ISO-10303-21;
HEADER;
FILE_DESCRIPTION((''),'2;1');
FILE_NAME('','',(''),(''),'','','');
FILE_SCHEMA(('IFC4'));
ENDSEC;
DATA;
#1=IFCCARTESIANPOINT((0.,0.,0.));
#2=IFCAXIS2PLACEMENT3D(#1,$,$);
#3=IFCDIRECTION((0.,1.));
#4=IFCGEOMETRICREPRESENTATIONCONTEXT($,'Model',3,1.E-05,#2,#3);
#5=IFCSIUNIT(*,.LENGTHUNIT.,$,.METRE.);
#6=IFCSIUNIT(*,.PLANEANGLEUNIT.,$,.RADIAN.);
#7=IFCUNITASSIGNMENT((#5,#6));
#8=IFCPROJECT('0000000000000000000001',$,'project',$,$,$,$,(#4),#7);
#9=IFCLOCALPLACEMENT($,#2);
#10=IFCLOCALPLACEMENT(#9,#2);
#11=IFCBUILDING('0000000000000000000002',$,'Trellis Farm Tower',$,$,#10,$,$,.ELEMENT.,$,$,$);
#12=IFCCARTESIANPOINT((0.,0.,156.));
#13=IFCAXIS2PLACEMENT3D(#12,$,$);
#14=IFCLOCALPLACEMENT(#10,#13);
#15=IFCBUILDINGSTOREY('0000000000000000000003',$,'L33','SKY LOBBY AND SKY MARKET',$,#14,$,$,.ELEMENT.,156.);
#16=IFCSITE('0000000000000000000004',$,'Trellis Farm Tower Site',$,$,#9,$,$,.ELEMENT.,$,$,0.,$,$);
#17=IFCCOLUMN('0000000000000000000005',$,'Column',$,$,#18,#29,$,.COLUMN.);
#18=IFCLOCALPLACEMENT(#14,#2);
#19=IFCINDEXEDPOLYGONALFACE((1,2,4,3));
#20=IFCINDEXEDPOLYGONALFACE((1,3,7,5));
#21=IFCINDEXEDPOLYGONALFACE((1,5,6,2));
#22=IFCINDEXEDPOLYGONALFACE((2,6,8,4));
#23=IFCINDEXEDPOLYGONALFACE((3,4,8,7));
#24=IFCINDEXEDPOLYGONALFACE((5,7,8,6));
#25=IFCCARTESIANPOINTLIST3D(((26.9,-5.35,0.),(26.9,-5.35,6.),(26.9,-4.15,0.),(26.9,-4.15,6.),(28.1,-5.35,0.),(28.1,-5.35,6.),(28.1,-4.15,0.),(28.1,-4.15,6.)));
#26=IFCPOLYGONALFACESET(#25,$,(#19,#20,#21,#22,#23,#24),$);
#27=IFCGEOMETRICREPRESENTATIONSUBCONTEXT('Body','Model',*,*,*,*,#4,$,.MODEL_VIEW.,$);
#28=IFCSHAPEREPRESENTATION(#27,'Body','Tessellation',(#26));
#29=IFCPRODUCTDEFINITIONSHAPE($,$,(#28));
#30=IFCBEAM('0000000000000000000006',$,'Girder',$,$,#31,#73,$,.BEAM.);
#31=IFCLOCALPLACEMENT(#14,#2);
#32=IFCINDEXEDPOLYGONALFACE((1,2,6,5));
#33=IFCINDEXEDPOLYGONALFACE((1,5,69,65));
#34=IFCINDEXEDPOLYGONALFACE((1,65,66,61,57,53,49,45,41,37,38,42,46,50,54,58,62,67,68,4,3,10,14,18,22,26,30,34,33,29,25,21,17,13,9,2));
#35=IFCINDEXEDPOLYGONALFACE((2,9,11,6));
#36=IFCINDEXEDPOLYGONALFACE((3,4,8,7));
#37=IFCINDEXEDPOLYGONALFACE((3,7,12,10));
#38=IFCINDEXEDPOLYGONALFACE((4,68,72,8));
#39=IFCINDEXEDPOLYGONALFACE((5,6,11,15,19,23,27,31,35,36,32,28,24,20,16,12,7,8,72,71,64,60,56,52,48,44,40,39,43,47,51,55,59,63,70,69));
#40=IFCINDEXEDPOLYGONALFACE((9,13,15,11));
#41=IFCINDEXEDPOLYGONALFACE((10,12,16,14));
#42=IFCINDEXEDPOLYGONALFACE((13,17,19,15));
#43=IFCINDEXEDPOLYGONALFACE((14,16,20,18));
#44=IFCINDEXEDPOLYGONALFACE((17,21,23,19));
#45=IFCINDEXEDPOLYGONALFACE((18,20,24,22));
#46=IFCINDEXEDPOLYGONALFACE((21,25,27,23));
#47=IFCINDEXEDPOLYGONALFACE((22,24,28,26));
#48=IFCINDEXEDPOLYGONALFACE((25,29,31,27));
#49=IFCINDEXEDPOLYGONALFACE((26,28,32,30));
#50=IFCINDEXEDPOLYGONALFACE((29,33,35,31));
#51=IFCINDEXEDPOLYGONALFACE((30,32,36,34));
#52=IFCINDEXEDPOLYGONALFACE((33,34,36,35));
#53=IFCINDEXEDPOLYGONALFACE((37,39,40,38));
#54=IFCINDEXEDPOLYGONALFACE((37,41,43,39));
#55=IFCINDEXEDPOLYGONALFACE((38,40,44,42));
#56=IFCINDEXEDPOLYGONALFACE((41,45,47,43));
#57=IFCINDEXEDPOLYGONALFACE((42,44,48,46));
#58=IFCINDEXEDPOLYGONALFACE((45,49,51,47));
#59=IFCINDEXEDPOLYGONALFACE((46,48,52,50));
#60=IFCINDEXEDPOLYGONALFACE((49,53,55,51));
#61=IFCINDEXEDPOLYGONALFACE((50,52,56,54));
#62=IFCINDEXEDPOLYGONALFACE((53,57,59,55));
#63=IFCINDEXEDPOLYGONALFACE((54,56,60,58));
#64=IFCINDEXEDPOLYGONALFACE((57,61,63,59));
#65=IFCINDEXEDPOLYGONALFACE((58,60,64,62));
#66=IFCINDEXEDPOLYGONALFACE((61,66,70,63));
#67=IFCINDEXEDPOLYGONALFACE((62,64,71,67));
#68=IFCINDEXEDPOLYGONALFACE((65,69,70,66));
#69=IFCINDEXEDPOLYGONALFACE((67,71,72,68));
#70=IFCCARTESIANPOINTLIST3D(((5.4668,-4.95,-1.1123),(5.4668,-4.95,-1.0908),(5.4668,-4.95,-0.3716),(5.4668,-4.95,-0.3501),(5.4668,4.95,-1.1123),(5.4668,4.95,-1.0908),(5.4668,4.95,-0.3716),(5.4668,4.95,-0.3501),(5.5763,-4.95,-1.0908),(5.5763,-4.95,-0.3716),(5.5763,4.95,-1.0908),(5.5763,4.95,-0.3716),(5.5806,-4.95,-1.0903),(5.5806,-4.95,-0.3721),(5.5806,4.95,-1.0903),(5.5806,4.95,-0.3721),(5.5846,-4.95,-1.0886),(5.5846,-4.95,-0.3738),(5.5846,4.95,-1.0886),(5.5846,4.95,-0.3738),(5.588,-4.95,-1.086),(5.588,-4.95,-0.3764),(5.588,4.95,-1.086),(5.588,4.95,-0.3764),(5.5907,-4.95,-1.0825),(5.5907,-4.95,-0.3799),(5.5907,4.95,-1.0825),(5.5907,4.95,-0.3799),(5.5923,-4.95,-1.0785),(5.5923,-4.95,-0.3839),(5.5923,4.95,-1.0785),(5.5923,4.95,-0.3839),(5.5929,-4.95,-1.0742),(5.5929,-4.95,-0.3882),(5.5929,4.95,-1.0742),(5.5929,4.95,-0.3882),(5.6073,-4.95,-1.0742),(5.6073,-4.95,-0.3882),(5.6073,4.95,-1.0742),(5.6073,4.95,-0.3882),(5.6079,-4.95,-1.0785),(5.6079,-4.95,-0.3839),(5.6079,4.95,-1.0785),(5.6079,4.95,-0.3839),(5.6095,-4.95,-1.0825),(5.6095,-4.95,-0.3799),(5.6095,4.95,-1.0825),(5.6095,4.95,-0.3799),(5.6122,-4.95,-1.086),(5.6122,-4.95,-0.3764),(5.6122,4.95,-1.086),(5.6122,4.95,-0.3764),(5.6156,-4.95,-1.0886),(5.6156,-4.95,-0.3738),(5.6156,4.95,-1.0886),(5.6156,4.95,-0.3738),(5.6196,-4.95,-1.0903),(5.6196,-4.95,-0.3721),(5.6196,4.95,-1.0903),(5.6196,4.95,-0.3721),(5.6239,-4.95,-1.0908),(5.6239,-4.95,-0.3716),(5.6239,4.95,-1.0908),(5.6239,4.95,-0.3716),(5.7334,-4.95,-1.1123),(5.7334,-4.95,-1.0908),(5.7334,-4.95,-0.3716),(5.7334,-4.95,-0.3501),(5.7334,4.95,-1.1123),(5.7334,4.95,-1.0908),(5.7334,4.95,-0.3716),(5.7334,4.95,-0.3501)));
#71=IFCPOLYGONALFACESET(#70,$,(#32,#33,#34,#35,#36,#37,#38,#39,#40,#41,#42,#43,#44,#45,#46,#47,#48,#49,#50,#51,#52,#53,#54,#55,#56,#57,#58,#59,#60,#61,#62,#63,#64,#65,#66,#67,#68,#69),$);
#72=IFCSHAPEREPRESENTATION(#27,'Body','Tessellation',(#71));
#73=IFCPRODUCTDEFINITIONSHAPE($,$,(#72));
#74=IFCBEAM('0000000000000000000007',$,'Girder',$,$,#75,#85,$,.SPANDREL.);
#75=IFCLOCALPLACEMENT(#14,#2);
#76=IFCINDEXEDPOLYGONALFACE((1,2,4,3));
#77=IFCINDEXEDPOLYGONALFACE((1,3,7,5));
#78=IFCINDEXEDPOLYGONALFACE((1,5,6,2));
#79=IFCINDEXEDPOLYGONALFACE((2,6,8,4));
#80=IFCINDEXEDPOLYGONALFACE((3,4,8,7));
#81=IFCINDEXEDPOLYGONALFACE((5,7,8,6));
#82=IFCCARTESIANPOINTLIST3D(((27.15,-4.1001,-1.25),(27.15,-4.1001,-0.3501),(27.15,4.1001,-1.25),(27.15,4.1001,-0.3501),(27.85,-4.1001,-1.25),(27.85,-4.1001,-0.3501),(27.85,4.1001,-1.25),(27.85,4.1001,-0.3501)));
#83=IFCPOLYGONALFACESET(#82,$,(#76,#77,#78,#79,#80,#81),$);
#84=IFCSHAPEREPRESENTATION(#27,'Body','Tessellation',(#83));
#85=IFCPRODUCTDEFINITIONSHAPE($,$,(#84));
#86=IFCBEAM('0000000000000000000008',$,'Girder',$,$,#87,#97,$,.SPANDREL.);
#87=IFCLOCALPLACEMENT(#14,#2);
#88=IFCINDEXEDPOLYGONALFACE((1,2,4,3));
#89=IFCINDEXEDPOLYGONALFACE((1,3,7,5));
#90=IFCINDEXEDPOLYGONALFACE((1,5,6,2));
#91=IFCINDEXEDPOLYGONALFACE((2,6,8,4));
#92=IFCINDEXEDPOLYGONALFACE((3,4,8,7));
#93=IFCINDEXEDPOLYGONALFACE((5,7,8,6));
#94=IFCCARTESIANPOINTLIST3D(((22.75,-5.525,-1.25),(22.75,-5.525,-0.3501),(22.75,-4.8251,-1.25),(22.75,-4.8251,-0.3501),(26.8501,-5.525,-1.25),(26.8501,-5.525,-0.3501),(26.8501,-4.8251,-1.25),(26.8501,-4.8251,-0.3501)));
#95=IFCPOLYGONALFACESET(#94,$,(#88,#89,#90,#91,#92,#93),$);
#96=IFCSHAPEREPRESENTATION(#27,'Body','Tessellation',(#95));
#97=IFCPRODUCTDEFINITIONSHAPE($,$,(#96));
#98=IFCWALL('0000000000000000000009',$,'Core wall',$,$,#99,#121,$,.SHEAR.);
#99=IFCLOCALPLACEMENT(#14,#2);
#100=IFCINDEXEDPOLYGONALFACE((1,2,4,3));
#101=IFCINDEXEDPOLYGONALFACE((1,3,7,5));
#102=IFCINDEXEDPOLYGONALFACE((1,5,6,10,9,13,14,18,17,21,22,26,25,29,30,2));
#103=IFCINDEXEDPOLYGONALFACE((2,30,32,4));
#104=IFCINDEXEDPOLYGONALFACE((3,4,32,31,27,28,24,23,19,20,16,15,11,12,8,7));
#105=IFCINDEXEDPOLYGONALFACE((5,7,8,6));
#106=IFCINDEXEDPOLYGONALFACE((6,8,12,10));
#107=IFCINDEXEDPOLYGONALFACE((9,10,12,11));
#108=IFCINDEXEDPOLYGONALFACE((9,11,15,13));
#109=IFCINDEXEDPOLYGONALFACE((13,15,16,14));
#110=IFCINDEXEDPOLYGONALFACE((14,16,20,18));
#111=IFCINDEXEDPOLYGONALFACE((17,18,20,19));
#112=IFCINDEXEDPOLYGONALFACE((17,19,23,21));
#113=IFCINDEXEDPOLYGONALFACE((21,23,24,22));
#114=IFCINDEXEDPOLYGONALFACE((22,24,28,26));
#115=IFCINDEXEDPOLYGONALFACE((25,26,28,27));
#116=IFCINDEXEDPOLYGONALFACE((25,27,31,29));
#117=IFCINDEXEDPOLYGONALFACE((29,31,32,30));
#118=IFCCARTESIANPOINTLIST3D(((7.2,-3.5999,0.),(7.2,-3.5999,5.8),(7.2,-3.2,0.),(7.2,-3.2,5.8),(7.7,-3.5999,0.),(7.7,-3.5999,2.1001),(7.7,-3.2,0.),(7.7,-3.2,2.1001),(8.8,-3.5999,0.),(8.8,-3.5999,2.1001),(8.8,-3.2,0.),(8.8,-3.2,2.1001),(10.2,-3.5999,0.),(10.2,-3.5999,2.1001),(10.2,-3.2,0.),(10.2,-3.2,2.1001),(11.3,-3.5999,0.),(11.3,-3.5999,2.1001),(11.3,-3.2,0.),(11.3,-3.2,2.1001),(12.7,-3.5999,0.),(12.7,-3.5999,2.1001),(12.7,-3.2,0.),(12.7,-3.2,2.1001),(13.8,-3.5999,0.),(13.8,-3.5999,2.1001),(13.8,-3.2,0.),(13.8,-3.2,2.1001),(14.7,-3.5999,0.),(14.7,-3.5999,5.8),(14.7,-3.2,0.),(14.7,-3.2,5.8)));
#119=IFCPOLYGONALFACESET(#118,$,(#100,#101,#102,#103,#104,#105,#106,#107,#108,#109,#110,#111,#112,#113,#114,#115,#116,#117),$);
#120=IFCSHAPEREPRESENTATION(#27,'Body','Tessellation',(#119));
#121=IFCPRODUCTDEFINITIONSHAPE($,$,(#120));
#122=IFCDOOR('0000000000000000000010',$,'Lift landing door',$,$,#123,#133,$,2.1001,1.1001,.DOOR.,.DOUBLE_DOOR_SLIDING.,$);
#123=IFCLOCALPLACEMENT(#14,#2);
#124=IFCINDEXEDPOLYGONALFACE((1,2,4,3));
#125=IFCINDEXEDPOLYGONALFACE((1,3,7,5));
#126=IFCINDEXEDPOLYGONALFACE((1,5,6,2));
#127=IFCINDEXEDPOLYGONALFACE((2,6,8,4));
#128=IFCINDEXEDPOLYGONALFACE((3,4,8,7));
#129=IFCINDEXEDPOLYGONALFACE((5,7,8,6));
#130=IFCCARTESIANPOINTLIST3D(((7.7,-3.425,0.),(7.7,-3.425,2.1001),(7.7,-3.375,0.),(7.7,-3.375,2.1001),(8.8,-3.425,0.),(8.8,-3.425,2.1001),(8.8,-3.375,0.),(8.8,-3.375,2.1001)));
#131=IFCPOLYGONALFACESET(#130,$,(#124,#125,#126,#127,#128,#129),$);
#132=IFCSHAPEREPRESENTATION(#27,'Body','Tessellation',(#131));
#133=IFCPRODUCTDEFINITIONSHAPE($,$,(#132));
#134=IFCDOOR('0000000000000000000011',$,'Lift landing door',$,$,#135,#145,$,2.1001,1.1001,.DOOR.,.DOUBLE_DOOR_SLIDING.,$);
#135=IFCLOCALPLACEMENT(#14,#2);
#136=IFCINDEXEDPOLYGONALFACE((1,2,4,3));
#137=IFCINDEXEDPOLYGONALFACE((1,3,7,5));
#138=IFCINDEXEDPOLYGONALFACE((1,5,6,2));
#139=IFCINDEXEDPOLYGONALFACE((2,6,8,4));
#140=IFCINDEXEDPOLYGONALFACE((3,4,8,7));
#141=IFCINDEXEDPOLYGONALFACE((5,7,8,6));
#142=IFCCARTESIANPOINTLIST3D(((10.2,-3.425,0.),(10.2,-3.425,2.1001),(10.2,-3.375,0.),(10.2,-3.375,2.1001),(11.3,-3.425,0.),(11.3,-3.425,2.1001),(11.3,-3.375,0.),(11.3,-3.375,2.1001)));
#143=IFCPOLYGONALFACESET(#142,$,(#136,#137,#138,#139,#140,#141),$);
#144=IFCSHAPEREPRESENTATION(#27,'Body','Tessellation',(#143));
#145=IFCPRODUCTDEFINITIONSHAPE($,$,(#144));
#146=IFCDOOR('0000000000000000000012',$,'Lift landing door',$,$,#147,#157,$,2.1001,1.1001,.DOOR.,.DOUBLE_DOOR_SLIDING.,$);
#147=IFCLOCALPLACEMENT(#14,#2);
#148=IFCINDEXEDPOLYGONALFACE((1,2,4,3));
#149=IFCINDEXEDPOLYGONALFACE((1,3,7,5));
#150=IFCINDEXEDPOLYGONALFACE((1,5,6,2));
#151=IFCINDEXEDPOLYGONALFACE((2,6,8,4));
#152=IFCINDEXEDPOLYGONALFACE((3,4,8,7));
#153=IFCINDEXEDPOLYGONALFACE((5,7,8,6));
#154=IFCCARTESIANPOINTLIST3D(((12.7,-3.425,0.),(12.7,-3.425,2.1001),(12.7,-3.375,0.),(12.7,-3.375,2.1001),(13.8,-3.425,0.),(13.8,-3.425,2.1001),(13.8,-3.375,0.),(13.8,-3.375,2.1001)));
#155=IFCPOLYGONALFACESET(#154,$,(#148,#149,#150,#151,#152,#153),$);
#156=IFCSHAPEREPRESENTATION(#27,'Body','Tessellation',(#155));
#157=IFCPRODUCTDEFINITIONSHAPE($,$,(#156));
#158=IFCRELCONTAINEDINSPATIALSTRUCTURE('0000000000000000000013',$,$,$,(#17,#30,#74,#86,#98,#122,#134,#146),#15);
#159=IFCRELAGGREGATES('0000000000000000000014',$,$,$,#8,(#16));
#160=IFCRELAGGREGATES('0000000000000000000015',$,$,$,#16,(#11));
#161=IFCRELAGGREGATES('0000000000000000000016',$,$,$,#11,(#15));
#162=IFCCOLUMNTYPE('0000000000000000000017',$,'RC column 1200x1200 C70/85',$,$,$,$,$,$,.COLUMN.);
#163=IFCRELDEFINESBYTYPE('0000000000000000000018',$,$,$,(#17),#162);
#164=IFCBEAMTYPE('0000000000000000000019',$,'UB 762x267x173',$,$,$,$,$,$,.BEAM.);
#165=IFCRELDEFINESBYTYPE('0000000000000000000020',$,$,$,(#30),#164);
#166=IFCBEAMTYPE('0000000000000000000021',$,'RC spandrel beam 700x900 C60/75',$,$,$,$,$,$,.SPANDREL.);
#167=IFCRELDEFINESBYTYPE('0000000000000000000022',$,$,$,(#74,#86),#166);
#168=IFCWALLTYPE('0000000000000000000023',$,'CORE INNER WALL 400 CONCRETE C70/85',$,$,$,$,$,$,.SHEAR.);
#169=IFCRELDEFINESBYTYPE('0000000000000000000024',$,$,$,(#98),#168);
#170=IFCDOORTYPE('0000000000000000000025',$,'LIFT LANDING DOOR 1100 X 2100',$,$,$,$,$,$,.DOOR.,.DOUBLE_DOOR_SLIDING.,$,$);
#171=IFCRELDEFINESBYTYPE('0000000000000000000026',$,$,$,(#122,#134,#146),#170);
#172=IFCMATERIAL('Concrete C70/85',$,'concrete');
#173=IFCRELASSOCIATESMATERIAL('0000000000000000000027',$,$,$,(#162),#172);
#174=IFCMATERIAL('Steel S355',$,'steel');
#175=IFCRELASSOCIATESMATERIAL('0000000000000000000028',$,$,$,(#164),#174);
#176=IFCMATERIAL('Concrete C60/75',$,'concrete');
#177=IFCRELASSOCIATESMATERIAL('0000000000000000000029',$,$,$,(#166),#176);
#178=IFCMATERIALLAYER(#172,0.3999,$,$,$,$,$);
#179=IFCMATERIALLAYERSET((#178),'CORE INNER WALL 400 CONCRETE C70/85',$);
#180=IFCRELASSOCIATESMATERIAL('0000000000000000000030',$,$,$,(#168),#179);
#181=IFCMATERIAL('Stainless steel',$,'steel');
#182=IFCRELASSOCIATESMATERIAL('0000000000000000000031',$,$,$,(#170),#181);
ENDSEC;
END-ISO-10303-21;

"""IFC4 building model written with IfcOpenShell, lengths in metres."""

from ifc_helpers import new_model, si_unit, direction, frame, frame_2d, origin, origin_2d, place, context, subcontext, project, spatial, rectangle, i_section, extrude, source, transform, mapped, material, layer, layer_set, material_profile, profile_set, type_object, element, fill, save


model = new_model("IFC4")

# Units and contexts
model_context = context("Model", 3, precision=1e-05, world=origin(), true_north=direction((0.0, 1.0)))
body_context = subcontext(model_context, "Body", "Model", "MODEL_VIEW")
ifc_project = project(units=[si_unit("LENGTHUNIT", "METRE"), si_unit("PLANEANGLEUNIT", "RADIAN")], contexts=[model_context])

# Site, building, storey
site_placement = place(None, origin())
site = spatial("IfcSite", under=ifc_project, at=site_placement, Name="Trellis Farm Tower Site", CompositionType="ELEMENT", RefElevation=0.0)
building_placement = place(site_placement, origin())
building = spatial("IfcBuilding", under=site, at=building_placement, Name="Trellis Farm Tower", CompositionType="ELEMENT")
storey_placement = place(building_placement, frame((0.0, 0.0, 156.0)))
storey = spatial("IfcBuildingStorey", under=building, at=storey_placement, Name="L33", Description="SKY LOBBY AND SKY MARKET", CompositionType="ELEMENT", Elevation=156.0)

# Column
ifc_material_1 = material(Name="Concrete C70/85", Category="concrete")
ifc_material_profile_1 = material_profile(ifc_material_1, rectangle(XDim=1.2, YDim=1.2, at=origin_2d()), Name="RC column 1200x1200 C70/85")
ifc_profile_set_1 = profile_set([ifc_material_profile_1], Name="Concrete C70/85")
column_type = type_object("IfcColumnType", Name="RC column 1200x1200 C70/85", PredefinedType="COLUMN", material=ifc_profile_set_1)
shared_shape_1 = source(origin(), body_context, "Body", "SweptSolid", [
    extrude(rectangle(XDim=1.2, YDim=1.2, at=origin_2d()), origin(), (0.0, 0.0, 1.0), 6.0),
])
column_placement = place(storey_placement, frame((27.5, -4.75, 0.0), z_axis=(0.0, 0.0, 1.0), x_axis=(1.0, 0.0, 0.0)))
element("IfcColumn", 1, at=column_placement, inside=storey, type_object=column_type, Name="Column", PredefinedType="COLUMN", context=body_context, shape_type="MappedRepresentation", body=[
    mapped(shared_shape_1, transform((0.0, 0.0, 0.0))),
])

# Beams
ifc_material_2 = material(Name="Steel S355", Category="steel")
ifc_material_profile_2 = material_profile(ifc_material_2, i_section(OverallWidth=0.2666, OverallDepth=0.7622, WebThickness=0.0144, FlangeThickness=0.0215, FilletRadius=0.0166, at=origin_2d()), Name="UB 762x267x173")
ifc_profile_set_2 = profile_set([ifc_material_profile_2], Name="Steel S355")
beam_type_1 = type_object("IfcBeamType", Name="UB 762x267x173", PredefinedType="BEAM", material=ifc_profile_set_2)
shared_shape_2 = source(origin(), body_context, "Body", "SweptSolid", [
    extrude(i_section(OverallWidth=0.2666, OverallDepth=0.7622, WebThickness=0.0144, FlangeThickness=0.0215, FilletRadius=0.0166, at=origin_2d()), origin(), (0.0, 0.0, 1.0), 9.8999),
])
beam_1_placement = place(storey_placement, frame((5.6001, -4.95, -0.7312), z_axis=(0.0, 1.0, 0.0), x_axis=(-1.0, 0.0, 0.0)))
element("IfcBeam", 2, at=beam_1_placement, inside=storey, type_object=beam_type_1, Name="Girder", PredefinedType="BEAM", context=body_context, shape_type="MappedRepresentation", body=[
    mapped(shared_shape_2, transform((0.0, 0.0, 0.0))),
])
ifc_material_3 = material(Name="Concrete C60/75", Category="concrete")
ifc_material_profile_3 = material_profile(ifc_material_3, rectangle(XDim=0.7, YDim=0.8999, at=origin_2d()), Name="RC spandrel beam 700x900 C60/75")
ifc_profile_set_3 = profile_set([ifc_material_profile_3], Name="Concrete C60/75")
beam_type_2 = type_object("IfcBeamType", Name="RC spandrel beam 700x900 C60/75", PredefinedType="SPANDREL", material=ifc_profile_set_3)
shared_shape_3 = source(origin(), body_context, "Body", "SweptSolid", [
    extrude(rectangle(XDim=0.7, YDim=0.8999, at=origin_2d()), origin(), (0.0, 0.0, 1.0), 8.2002),
])
beam_2_placement = place(storey_placement, frame((27.5, -4.1001, -0.8), z_axis=(0.0, 1.0, 0.0), x_axis=(-1.0, 0.0, 0.0)))
element("IfcBeam", 3, at=beam_2_placement, inside=storey, type_object=beam_type_2, Name="Girder", PredefinedType="SPANDREL", context=body_context, shape_type="MappedRepresentation", body=[
    mapped(shared_shape_3, transform((0.0, 0.0, 0.0))),
])
shared_shape_4 = source(origin(), body_context, "Body", "SweptSolid", [
    extrude(rectangle(XDim=0.7, YDim=0.8999, at=origin_2d()), origin(), (0.0, 0.0, 1.0), 4.1001),
])
beam_3_placement = place(storey_placement, frame((22.75, -5.175, -0.8), z_axis=(1.0, 0.0, 0.0), x_axis=(0.0, 1.0, 0.0)))
element("IfcBeam", 4, at=beam_3_placement, inside=storey, type_object=beam_type_2, Name="Girder", PredefinedType="SPANDREL", context=body_context, shape_type="MappedRepresentation", body=[
    mapped(shared_shape_4, transform((0.0, 0.0, 0.0))),
])

# Wall, openings, doors
ifc_layer_1 = layer(ifc_material_1, 0.3999)
ifc_layer_set_1 = layer_set([ifc_layer_1], Name="CORE INNER WALL 400 CONCRETE C70/85")
wall_type_1 = type_object("IfcWallType", Name="CORE INNER WALL 400 CONCRETE C70/85", PredefinedType="SHEAR", material=ifc_layer_set_1)
shared_shape_5 = source(origin(), body_context, "Body", "SweptSolid", [
    extrude(rectangle(XDim=7.5, YDim=0.3999, at=frame_2d((3.75, 0.0))), origin(), (0.0, 0.0, 1.0), 5.8),
])
wall_1_placement = place(storey_placement, frame((7.2, -3.3999, 0.0), z_axis=(0.0, 0.0, 1.0), x_axis=(1.0, 0.0, 0.0)))
wall_1 = element("IfcWall", 5, at=wall_1_placement, inside=storey, type_object=wall_type_1, Name="Core wall", PredefinedType="SHEAR", context=body_context, shape_type="MappedRepresentation", body=[
    mapped(shared_shape_5, transform((0.0, 0.0, 0.0))),
])
shared_shape_6 = source(origin(), body_context, "Body", "SweptSolid", [
    extrude(rectangle(XDim=1.1001, YDim=2.1001, at=frame_2d((0.55, 1.05))), frame((0.0, 0.21, 0.0), z_axis=(0.0, -1.0, 0.0), x_axis=(1.0, 0.0, 0.0)), (0.0, 0.0, 1.0), 0.4199),
])
opening_1_placement = place(wall_1_placement, frame((0.5, 0.0, 0.0)))
opening_1 = element("IfcOpeningElement", 6, at=opening_1_placement, cuts=wall_1, PredefinedType="OPENING", context=body_context, shape_type="MappedRepresentation", body=[
    mapped(shared_shape_6, transform((0.0, 0.0, 0.0))),
])
opening_2_placement = place(wall_1_placement, frame((3.0, 0.0, 0.0)))
opening_2 = element("IfcOpeningElement", 7, at=opening_2_placement, cuts=wall_1, PredefinedType="OPENING", context=body_context, shape_type="MappedRepresentation", body=[
    mapped(shared_shape_6, transform((0.0, 0.0, 0.0))),
])
opening_3_placement = place(wall_1_placement, frame((5.5, 0.0, 0.0)))
opening_3 = element("IfcOpeningElement", 8, at=opening_3_placement, cuts=wall_1, PredefinedType="OPENING", context=body_context, shape_type="MappedRepresentation", body=[
    mapped(shared_shape_6, transform((0.0, 0.0, 0.0))),
])
ifc_material_4 = material(Name="Stainless steel", Category="steel")
door_type_1 = type_object("IfcDoorType", Name="LIFT LANDING DOOR 1100 X 2100", OperationType="DOUBLE_DOOR_SLIDING", PredefinedType="DOOR", material=ifc_material_4)
shared_shape_7 = source(origin(), body_context, "Body", "SweptSolid", [
    extrude(rectangle(XDim=1.1001, YDim=2.1001, at=frame_2d((0.55, 1.05))), frame((0.0, 0.0249, 0.0), z_axis=(0.0, -1.0, 0.0), x_axis=(1.0, 0.0, 0.0)), (0.0, 0.0, 1.0), 0.05),
])
door_1_placement = place(opening_1_placement, origin())
door_1 = element("IfcDoor", 9, at=door_1_placement, inside=storey, type_object=door_type_1, Name="Lift landing door", OperationType="DOUBLE_DOOR_SLIDING", OverallHeight=2.1001, OverallWidth=1.1001, PredefinedType="DOOR", context=body_context, shape_type="MappedRepresentation", body=[
    mapped(shared_shape_7, transform((0.0, 0.0, 0.0))),
])
fill(opening_1, door_1)
door_2_placement = place(opening_2_placement, origin())
door_2 = element("IfcDoor", 10, at=door_2_placement, inside=storey, type_object=door_type_1, Name="Lift landing door", OperationType="DOUBLE_DOOR_SLIDING", OverallHeight=2.1001, OverallWidth=1.1001, PredefinedType="DOOR", context=body_context, shape_type="MappedRepresentation", body=[
    mapped(shared_shape_7, transform((0.0, 0.0, 0.0))),
])
fill(opening_2, door_2)
door_3_placement = place(opening_3_placement, origin())
door_3 = element("IfcDoor", 11, at=door_3_placement, inside=storey, type_object=door_type_1, Name="Lift landing door", OperationType="DOUBLE_DOOR_SLIDING", OverallHeight=2.1001, OverallWidth=1.1001, PredefinedType="DOOR", context=body_context, shape_type="MappedRepresentation", body=[
    mapped(shared_shape_7, transform((0.0, 0.0, 0.0))),
])
fill(opening_3, door_3)

save(model, "model.ifc")
